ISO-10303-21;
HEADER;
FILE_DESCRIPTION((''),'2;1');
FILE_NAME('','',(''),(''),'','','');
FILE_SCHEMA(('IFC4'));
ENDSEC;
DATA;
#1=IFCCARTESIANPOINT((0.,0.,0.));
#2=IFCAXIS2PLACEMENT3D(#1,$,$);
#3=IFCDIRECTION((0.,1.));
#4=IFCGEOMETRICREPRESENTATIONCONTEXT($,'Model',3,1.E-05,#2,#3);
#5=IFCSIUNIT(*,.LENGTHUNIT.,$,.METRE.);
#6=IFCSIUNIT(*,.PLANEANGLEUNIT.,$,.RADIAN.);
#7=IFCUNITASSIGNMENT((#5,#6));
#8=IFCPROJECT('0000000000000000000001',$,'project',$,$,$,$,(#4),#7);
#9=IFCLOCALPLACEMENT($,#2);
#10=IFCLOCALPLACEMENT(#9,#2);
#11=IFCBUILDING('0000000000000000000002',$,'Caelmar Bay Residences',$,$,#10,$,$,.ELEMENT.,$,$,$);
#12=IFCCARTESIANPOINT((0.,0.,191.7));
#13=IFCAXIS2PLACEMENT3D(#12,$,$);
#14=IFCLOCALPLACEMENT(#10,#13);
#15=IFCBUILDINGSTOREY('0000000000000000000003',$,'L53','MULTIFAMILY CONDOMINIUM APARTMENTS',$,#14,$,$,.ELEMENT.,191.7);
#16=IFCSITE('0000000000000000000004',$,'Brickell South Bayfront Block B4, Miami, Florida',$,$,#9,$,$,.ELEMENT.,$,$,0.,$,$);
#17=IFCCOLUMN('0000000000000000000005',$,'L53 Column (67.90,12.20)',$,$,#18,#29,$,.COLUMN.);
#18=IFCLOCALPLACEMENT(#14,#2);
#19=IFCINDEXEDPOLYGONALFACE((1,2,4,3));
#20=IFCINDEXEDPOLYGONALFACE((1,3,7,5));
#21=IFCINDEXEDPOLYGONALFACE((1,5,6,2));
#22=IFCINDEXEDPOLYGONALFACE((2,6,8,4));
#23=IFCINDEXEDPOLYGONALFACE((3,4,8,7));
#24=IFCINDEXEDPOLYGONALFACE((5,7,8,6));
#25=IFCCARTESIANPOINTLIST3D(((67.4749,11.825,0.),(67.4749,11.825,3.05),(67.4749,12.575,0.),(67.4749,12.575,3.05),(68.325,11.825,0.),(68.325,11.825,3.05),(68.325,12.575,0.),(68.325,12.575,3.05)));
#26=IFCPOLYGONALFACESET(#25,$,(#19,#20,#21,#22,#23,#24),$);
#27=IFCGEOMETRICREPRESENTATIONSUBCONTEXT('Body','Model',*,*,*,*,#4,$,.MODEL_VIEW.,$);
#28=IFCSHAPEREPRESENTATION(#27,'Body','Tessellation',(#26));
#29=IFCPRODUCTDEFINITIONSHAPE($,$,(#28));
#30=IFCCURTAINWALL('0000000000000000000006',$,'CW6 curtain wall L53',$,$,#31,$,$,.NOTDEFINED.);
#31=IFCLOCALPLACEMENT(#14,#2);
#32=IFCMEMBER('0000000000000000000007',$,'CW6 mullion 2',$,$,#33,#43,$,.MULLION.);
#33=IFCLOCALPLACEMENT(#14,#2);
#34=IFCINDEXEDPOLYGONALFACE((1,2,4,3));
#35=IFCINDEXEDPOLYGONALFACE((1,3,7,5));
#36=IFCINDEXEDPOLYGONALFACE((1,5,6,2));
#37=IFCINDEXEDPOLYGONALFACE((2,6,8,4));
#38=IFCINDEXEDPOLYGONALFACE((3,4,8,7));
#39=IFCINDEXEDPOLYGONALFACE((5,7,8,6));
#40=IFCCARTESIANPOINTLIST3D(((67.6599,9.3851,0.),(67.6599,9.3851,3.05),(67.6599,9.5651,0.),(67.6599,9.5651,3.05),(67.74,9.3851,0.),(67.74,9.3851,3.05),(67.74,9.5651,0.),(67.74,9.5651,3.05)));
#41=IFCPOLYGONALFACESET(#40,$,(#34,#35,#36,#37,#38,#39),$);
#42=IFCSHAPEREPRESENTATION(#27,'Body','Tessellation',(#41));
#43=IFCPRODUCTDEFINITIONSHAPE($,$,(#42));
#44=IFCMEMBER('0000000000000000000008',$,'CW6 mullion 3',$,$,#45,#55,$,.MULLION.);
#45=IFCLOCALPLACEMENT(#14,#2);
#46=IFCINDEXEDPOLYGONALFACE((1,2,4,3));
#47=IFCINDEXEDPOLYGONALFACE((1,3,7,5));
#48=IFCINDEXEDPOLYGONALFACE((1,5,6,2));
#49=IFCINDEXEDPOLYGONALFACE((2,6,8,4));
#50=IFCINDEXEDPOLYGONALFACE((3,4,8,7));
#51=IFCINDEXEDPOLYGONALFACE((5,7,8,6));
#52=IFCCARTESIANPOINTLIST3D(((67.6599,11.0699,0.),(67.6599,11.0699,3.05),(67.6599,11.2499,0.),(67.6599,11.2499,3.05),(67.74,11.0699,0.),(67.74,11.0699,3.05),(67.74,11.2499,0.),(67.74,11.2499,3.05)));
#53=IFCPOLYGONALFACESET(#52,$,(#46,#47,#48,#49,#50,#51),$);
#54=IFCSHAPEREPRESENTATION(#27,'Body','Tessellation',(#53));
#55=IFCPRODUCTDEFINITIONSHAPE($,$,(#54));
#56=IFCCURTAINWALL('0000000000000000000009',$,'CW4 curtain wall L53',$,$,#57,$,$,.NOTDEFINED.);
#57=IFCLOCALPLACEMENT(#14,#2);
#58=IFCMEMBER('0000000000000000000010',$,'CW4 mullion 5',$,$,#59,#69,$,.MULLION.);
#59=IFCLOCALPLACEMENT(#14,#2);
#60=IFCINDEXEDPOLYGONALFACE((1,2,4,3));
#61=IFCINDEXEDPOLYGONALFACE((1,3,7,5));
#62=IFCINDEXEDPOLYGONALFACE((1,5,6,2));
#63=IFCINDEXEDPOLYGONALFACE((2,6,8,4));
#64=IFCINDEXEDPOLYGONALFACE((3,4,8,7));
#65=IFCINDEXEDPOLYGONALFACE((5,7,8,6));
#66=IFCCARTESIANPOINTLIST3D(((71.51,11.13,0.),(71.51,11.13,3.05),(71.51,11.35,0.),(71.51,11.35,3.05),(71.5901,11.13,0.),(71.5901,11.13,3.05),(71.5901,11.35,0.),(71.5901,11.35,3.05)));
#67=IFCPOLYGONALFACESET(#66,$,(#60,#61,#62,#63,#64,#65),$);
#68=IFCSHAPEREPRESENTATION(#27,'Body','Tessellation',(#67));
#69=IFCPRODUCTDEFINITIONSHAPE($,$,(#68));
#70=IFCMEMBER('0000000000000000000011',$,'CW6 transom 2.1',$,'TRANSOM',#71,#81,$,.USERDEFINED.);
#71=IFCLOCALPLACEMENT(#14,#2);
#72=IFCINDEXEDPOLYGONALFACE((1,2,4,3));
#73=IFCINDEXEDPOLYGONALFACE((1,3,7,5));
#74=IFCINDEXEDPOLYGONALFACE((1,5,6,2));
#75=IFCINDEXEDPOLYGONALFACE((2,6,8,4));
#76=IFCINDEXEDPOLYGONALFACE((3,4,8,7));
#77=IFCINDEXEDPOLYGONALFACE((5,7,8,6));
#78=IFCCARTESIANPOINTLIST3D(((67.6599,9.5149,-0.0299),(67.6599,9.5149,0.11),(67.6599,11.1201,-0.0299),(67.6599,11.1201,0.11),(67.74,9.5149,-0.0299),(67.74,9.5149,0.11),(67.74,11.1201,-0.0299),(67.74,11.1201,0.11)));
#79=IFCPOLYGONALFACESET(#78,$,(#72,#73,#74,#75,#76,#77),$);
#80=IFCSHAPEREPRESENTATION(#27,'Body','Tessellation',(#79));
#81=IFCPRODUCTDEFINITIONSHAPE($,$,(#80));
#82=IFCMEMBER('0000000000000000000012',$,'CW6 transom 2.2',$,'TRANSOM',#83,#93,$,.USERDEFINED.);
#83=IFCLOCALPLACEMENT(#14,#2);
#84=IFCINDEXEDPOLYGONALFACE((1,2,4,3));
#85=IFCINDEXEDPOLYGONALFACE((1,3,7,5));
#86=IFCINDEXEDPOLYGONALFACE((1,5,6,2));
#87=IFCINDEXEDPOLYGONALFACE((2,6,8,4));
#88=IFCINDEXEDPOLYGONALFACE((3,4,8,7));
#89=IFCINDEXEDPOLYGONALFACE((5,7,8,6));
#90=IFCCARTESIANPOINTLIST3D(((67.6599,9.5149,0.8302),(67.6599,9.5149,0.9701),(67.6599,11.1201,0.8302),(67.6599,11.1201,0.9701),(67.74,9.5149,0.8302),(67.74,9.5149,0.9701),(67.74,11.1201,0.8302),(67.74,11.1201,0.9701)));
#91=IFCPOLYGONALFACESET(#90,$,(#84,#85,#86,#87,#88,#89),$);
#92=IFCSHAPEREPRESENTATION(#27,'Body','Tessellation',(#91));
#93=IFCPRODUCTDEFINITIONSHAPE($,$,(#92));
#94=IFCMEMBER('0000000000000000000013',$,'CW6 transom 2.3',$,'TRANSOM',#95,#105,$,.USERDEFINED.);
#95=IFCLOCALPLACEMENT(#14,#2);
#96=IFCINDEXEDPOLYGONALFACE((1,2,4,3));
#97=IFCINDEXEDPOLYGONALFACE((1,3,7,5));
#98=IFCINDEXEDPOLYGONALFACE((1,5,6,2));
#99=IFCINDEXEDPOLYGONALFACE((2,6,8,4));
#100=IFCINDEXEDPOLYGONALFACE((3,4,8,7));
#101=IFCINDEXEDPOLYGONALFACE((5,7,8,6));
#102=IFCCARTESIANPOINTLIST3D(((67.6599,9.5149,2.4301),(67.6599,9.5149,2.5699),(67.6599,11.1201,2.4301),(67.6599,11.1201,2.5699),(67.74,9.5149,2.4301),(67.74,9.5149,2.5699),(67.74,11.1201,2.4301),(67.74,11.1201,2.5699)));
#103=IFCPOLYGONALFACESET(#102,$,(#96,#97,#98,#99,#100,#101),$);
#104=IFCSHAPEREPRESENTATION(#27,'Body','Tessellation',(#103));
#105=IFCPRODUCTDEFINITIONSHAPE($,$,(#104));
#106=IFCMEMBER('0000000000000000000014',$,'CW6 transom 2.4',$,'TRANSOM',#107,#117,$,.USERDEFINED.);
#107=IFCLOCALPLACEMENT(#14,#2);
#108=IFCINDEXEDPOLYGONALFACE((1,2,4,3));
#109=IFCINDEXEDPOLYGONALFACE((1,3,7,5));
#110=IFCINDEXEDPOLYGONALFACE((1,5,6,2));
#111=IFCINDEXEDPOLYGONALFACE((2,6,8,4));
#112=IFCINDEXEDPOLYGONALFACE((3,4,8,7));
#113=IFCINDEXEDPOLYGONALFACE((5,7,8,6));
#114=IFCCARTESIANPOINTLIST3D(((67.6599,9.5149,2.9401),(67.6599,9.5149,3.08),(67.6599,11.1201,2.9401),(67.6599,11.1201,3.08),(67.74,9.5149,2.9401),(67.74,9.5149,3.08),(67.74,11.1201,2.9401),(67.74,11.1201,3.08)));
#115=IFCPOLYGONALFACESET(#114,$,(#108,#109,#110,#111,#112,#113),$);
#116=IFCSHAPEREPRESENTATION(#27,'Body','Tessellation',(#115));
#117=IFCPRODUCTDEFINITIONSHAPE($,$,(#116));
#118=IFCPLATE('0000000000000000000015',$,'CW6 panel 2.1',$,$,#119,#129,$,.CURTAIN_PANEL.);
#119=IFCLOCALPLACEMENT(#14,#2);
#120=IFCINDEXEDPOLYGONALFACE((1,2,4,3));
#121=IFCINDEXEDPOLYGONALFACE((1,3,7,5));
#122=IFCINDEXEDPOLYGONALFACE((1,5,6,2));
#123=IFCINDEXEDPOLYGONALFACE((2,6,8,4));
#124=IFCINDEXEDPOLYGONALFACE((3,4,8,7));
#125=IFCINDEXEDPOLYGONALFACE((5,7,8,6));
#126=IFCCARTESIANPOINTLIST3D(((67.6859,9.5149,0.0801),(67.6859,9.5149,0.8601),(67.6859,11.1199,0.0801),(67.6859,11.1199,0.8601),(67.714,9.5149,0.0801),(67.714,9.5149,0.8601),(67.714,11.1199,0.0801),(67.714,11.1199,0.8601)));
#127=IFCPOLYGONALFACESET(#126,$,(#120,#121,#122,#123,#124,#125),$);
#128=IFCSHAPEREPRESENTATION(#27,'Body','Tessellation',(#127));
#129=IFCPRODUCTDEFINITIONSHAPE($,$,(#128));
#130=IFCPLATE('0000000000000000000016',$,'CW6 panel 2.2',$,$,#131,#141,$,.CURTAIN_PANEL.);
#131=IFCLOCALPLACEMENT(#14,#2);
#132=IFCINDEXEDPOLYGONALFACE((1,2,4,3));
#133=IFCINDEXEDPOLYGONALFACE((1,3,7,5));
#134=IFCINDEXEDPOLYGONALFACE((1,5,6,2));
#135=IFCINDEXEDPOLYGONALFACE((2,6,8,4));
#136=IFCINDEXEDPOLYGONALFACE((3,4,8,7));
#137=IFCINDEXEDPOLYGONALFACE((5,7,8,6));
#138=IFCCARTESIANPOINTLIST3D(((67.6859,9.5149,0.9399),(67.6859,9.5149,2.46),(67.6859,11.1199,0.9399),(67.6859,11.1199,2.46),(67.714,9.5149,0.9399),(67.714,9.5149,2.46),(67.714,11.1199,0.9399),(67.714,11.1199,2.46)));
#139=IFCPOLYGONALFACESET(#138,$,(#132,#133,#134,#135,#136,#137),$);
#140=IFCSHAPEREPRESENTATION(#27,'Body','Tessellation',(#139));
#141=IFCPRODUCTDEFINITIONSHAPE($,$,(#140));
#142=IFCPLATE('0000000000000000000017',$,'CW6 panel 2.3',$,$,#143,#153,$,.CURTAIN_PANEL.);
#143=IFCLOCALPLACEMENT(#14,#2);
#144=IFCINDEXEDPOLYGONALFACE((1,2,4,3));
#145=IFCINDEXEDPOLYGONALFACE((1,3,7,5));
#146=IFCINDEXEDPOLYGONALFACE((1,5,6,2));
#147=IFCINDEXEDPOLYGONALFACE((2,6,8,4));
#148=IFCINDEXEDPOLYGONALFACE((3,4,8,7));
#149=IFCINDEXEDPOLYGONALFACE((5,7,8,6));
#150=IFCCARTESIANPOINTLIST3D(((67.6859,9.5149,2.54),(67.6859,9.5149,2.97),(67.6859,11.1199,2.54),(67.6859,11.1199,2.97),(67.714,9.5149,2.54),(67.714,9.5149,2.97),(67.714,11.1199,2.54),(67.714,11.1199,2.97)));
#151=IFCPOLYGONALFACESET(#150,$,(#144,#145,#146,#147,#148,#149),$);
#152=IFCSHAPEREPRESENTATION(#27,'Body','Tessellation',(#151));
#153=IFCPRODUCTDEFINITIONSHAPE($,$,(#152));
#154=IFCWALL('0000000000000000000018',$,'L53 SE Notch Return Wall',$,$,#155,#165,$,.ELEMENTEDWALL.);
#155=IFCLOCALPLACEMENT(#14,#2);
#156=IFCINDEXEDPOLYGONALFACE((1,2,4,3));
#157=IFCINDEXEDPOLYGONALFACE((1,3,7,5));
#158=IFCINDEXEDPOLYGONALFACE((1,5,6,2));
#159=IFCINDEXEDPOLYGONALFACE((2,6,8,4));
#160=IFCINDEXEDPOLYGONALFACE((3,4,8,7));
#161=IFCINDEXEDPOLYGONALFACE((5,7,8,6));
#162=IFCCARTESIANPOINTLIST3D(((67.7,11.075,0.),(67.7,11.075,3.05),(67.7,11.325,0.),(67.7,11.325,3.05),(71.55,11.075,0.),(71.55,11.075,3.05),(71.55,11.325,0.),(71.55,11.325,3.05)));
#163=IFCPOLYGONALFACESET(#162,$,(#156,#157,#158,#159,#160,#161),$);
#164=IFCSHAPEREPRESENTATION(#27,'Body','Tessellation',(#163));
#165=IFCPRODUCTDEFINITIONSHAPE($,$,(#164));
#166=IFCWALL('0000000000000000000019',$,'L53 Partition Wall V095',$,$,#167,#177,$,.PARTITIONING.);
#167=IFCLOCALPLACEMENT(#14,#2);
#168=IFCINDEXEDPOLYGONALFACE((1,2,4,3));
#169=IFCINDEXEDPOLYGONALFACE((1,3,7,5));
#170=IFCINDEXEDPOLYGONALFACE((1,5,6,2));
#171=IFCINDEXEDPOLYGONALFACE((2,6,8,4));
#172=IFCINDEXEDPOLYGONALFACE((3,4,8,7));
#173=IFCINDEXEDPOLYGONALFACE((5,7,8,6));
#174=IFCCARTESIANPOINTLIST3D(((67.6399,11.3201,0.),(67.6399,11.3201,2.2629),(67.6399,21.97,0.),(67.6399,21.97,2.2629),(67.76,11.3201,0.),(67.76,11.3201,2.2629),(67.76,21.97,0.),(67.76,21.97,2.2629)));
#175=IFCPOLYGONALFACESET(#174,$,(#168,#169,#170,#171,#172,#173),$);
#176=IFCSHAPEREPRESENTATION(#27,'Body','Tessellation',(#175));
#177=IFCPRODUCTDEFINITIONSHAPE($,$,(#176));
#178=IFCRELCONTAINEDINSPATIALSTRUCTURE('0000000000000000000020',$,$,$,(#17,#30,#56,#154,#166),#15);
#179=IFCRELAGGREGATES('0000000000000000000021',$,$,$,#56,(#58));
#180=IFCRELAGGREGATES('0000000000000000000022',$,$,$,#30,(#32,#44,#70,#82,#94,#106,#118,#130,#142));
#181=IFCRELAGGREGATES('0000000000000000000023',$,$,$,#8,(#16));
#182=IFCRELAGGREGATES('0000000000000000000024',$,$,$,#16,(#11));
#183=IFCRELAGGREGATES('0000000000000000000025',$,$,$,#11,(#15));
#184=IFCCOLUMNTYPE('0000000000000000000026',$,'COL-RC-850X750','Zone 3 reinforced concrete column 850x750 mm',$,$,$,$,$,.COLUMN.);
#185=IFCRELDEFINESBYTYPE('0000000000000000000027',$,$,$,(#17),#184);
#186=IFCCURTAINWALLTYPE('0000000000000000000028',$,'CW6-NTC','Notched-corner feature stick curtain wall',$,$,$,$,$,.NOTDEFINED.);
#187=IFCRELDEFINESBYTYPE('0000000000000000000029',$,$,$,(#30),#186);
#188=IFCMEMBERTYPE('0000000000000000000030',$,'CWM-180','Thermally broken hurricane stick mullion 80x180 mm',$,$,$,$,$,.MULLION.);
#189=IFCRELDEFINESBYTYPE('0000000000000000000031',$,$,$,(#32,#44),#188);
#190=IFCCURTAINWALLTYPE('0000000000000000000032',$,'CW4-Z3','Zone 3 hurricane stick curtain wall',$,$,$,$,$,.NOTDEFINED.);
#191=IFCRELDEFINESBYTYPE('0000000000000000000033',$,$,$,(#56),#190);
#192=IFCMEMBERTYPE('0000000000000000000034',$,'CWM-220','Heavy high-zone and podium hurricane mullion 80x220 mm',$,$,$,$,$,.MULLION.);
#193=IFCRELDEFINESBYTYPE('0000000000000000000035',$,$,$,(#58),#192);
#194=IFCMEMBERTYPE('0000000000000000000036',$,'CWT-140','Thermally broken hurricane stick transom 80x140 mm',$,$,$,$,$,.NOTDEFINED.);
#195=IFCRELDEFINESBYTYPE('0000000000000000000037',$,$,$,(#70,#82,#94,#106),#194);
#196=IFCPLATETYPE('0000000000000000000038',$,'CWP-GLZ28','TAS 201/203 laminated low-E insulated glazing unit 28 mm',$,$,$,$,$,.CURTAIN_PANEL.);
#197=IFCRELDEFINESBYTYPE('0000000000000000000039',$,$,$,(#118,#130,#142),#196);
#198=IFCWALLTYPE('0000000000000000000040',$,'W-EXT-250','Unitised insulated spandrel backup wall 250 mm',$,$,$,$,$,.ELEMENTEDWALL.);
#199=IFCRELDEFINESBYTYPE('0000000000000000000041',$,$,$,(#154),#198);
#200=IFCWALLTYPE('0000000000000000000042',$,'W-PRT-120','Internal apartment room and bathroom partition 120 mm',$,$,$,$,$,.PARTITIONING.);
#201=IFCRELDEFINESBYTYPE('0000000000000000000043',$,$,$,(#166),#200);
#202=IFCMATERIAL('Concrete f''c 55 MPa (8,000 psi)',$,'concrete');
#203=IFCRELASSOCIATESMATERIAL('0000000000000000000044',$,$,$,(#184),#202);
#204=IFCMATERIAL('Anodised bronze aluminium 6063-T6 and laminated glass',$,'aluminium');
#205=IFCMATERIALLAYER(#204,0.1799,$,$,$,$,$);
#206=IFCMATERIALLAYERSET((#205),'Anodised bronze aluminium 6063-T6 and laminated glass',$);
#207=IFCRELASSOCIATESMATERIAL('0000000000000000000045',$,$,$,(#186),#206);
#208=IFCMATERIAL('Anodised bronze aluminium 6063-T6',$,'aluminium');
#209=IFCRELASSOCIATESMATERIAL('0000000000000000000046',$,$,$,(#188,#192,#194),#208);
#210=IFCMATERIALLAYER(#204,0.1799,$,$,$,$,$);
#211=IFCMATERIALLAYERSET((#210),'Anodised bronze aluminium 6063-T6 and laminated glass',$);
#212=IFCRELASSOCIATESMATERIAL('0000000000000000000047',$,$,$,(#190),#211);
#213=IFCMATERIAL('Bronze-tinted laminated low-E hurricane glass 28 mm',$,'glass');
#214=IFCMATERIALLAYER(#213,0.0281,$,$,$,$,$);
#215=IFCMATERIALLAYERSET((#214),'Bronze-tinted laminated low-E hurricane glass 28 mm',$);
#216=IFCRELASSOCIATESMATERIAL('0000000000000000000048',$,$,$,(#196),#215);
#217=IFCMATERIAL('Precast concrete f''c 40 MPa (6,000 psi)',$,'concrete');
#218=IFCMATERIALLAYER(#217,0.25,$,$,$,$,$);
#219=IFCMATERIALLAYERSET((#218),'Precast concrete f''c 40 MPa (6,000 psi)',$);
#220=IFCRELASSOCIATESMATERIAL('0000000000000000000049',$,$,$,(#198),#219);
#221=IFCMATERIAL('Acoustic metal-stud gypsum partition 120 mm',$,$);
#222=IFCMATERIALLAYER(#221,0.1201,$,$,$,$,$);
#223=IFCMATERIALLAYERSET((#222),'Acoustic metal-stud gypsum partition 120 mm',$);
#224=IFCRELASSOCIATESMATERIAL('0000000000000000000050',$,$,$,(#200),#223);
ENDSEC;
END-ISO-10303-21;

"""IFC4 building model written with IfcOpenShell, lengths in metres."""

from ifc_helpers import new_model, si_unit, direction, frame, frame_2d, origin, origin_2d, place, context, subcontext, project, spatial, rectangle, extrude, material, layer, layer_set, material_profile, profile_set, type_object, element, aggregate, save


model = new_model("IFC4")

# Units and contexts
model_context = context("Model", 3, precision=1e-05, world=origin(), true_north=direction((0.0, 1.0)))
body_context = subcontext(model_context, "Body", "Model", "MODEL_VIEW")
ifc_project = project(units=[si_unit("LENGTHUNIT", "METRE"), si_unit("PLANEANGLEUNIT", "RADIAN")], contexts=[model_context])

# Site, building, storey
site_placement = place(None, origin())
site = spatial("IfcSite", under=ifc_project, at=site_placement, Name="Brickell South Bayfront Block B4, Miami, Florida", CompositionType="ELEMENT", RefElevation=0.0)
building_placement = place(site_placement, origin())
building = spatial("IfcBuilding", under=site, at=building_placement, Name="Caelmar Bay Residences", CompositionType="ELEMENT")
storey_placement = place(building_placement, frame((0.0, 0.0, 191.7)))
storey = spatial("IfcBuildingStorey", under=building, at=storey_placement, Name="L53", Description="MULTIFAMILY CONDOMINIUM APARTMENTS", CompositionType="ELEMENT", Elevation=191.7)

# Column
ifc_material_1 = material(Name="Concrete f'c 55 MPa (8,000 psi)", Category="concrete")
ifc_material_profile_1 = material_profile(ifc_material_1, rectangle(XDim=0.8501, YDim=0.75, at=origin_2d()), Name="RC-COL-850X750")
ifc_profile_set_1 = profile_set([ifc_material_profile_1], Name="Concrete f'c 55 MPa (8,000 psi)")
column_type = type_object("IfcColumnType", Name="COL-RC-850X750", Description="Zone 3 reinforced concrete column 850x750 mm", PredefinedType="COLUMN", material=ifc_profile_set_1)
column_placement = place(storey_placement, frame((67.8999, 12.2, 0.0), z_axis=(0.0, 0.0, 1.0), x_axis=(1.0, 0.0, 0.0)))
element("IfcColumn", 1, at=column_placement, inside=storey, type_object=column_type, Name="L53 Column (67.90,12.20)", PredefinedType="COLUMN", context=body_context, shape_type="SweptSolid", body=[
    extrude(rectangle(XDim=0.8501, YDim=0.75, at=origin_2d()), origin(), (0.0, 0.0, 1.0), 3.05),
])

# Curtain wall, members
ifc_material_2 = material(Name="Anodised bronze aluminium 6063-T6 and laminated glass", Category="aluminium")
ifc_layer_1 = layer(ifc_material_2, 0.1799)
ifc_layer_set_1 = layer_set([ifc_layer_1], Name="Anodised bronze aluminium 6063-T6 and laminated glass")
curtain_wall_type_1 = type_object("IfcCurtainWallType", Name="CW6-NTC", Description="Notched-corner feature stick curtain wall", PredefinedType="NOTDEFINED", material=ifc_layer_set_1)
curtain_wall_1_placement = place(storey_placement, origin())
curtain_wall_1 = element("IfcCurtainWall", 2, at=curtain_wall_1_placement, inside=storey, type_object=curtain_wall_type_1, Name="CW6 curtain wall L53", PredefinedType="NOTDEFINED")
ifc_material_3 = material(Name="Anodised bronze aluminium 6063-T6", Category="aluminium")
ifc_material_profile_2 = material_profile(ifc_material_3, rectangle(XDim=0.0801, YDim=0.1799, at=origin_2d()), Name="CWM-80X180")
ifc_profile_set_2 = profile_set([ifc_material_profile_2], Name="Anodised bronze aluminium 6063-T6")
member_type_1 = type_object("IfcMemberType", Name="CWM-180", Description="Thermally broken hurricane stick mullion 80x180 mm", PredefinedType="MULLION", material=ifc_profile_set_2)
member_1_placement = place(storey_placement, frame((67.7, 9.4751, 0.0), z_axis=(0.0, 0.0, 1.0), x_axis=(-1.0, 0.0, 0.0)))
member_1 = element("IfcMember", 3, at=member_1_placement, type_object=member_type_1, Name="CW6 mullion 2", PredefinedType="MULLION", context=body_context, shape_type="SweptSolid", body=[
    extrude(rectangle(XDim=0.0801, YDim=0.1799, at=origin_2d()), origin(), (0.0, 0.0, 1.0), 3.05),
])
member_2_placement = place(storey_placement, frame((67.7, 11.1599, 0.0), z_axis=(0.0, 0.0, 1.0), x_axis=(-1.0, 0.0, 0.0)))
member_2 = element("IfcMember", 4, at=member_2_placement, type_object=member_type_1, Name="CW6 mullion 3", PredefinedType="MULLION", context=body_context, shape_type="SweptSolid", body=[
    extrude(rectangle(XDim=0.0801, YDim=0.1799, at=origin_2d()), origin(), (0.0, 0.0, 1.0), 3.05),
])

# Curtain wall, member
ifc_layer_2 = layer(ifc_material_2, 0.1799)
ifc_layer_set_2 = layer_set([ifc_layer_2], Name="Anodised bronze aluminium 6063-T6 and laminated glass")
curtain_wall_type_2 = type_object("IfcCurtainWallType", Name="CW4-Z3", Description="Zone 3 hurricane stick curtain wall", PredefinedType="NOTDEFINED", material=ifc_layer_set_2)
curtain_wall_2_placement = place(storey_placement, origin())
curtain_wall_2 = element("IfcCurtainWall", 5, at=curtain_wall_2_placement, inside=storey, type_object=curtain_wall_type_2, Name="CW4 curtain wall L53", PredefinedType="NOTDEFINED")
ifc_material_profile_3 = material_profile(ifc_material_3, rectangle(XDim=0.0801, YDim=0.22, at=origin_2d()), Name="CWM-80X220")
ifc_profile_set_3 = profile_set([ifc_material_profile_3], Name="Anodised bronze aluminium 6063-T6")
member_type_2 = type_object("IfcMemberType", Name="CWM-220", Description="Heavy high-zone and podium hurricane mullion 80x220 mm", PredefinedType="MULLION", material=ifc_profile_set_3)
member_3_placement = place(storey_placement, frame((71.55, 11.24, 0.0), z_axis=(0.0, 0.0, 1.0), x_axis=(1.0, 0.0, 0.0)))
member_3 = element("IfcMember", 6, at=member_3_placement, type_object=member_type_2, Name="CW4 mullion 5", PredefinedType="MULLION", context=body_context, shape_type="SweptSolid", body=[
    extrude(rectangle(XDim=0.0801, YDim=0.22, at=origin_2d()), origin(), (0.0, 0.0, 1.0), 3.05),
])
aggregate(curtain_wall_2, [member_3])

# Members
ifc_material_profile_4 = material_profile(ifc_material_3, rectangle(XDim=0.0801, YDim=0.1399, at=origin_2d()), Name="CWT-80X140")
ifc_profile_set_4 = profile_set([ifc_material_profile_4], Name="Anodised bronze aluminium 6063-T6")
member_type_3 = type_object("IfcMemberType", Name="CWT-140", Description="Thermally broken hurricane stick transom 80x140 mm", PredefinedType="NOTDEFINED", material=ifc_profile_set_4)
member_4_placement = place(storey_placement, frame((67.7, 9.5149, 0.04), z_axis=(0.0, 1.0, 0.0), x_axis=(-1.0, 0.0, 0.0)))
member_4 = element("IfcMember", 7, at=member_4_placement, type_object=member_type_3, Name="CW6 transom 2.1", ObjectType="TRANSOM", PredefinedType="USERDEFINED", context=body_context, shape_type="SweptSolid", body=[
    extrude(rectangle(XDim=0.0801, YDim=0.1399, at=origin_2d()), origin(), (0.0, 0.0, 1.0), 1.6052),
])
member_5_placement = place(storey_placement, frame((67.7, 9.5149, 0.9001), z_axis=(0.0, 1.0, 0.0), x_axis=(-1.0, 0.0, 0.0)))
member_5 = element("IfcMember", 8, at=member_5_placement, type_object=member_type_3, Name="CW6 transom 2.2", ObjectType="TRANSOM", PredefinedType="USERDEFINED", context=body_context, shape_type="SweptSolid", body=[
    extrude(rectangle(XDim=0.0801, YDim=0.1399, at=origin_2d()), origin(), (0.0, 0.0, 1.0), 1.6052),
])
member_6_placement = place(storey_placement, frame((67.7, 9.5149, 2.5), z_axis=(0.0, 1.0, 0.0), x_axis=(-1.0, 0.0, 0.0)))
member_6 = element("IfcMember", 9, at=member_6_placement, type_object=member_type_3, Name="CW6 transom 2.3", ObjectType="TRANSOM", PredefinedType="USERDEFINED", context=body_context, shape_type="SweptSolid", body=[
    extrude(rectangle(XDim=0.0801, YDim=0.1399, at=origin_2d()), origin(), (0.0, 0.0, 1.0), 1.6052),
])
member_7_placement = place(storey_placement, frame((67.7, 9.5149, 3.01), z_axis=(0.0, 1.0, 0.0), x_axis=(-1.0, 0.0, 0.0)))
member_7 = element("IfcMember", 10, at=member_7_placement, type_object=member_type_3, Name="CW6 transom 2.4", ObjectType="TRANSOM", PredefinedType="USERDEFINED", context=body_context, shape_type="SweptSolid", body=[
    extrude(rectangle(XDim=0.0801, YDim=0.1399, at=origin_2d()), origin(), (0.0, 0.0, 1.0), 1.6052),
])

# Plates
ifc_material_4 = material(Name="Bronze-tinted laminated low-E hurricane glass 28 mm", Category="glass")
ifc_layer_3 = layer(ifc_material_4, 0.0281)
ifc_layer_set_3 = layer_set([ifc_layer_3], Name="Bronze-tinted laminated low-E hurricane glass 28 mm")
plate_type = type_object("IfcPlateType", Name="CWP-GLZ28", Description="TAS 201/203 laminated low-E insulated glazing unit 28 mm", PredefinedType="CURTAIN_PANEL", material=ifc_layer_set_3)
plate_1_placement = place(storey_placement, frame((67.7, 10.3174, 0.0801), z_axis=(0.0, 0.0, 1.0), x_axis=(0.0, 1.0, 0.0)))
plate_1 = element("IfcPlate", 11, at=plate_1_placement, type_object=plate_type, Name="CW6 panel 2.1", PredefinedType="CURTAIN_PANEL", context=body_context, shape_type="SweptSolid", body=[
    extrude(rectangle(XDim=1.605, YDim=0.0281, at=origin_2d()), origin(), (0.0, 0.0, 1.0), 0.78),
])
plate_2_placement = place(storey_placement, frame((67.7, 10.3174, 0.9399), z_axis=(0.0, 0.0, 1.0), x_axis=(0.0, 1.0, 0.0)))
plate_2 = element("IfcPlate", 12, at=plate_2_placement, type_object=plate_type, Name="CW6 panel 2.2", PredefinedType="CURTAIN_PANEL", context=body_context, shape_type="SweptSolid", body=[
    extrude(rectangle(XDim=1.605, YDim=0.0281, at=origin_2d()), origin(), (0.0, 0.0, 1.0), 1.52),
])
plate_3_placement = place(storey_placement, frame((67.7, 10.3174, 2.54), z_axis=(0.0, 0.0, 1.0), x_axis=(0.0, 1.0, 0.0)))
plate_3 = element("IfcPlate", 13, at=plate_3_placement, type_object=plate_type, Name="CW6 panel 2.3", PredefinedType="CURTAIN_PANEL", context=body_context, shape_type="SweptSolid", body=[
    extrude(rectangle(XDim=1.605, YDim=0.0281, at=origin_2d()), origin(), (0.0, 0.0, 1.0), 0.4299),
])
aggregate(curtain_wall_1, [member_1, member_2, member_4, member_5, member_6, member_7, plate_1, plate_2, plate_3])

# Walls
ifc_material_5 = material(Name="Precast concrete f'c 40 MPa (6,000 psi)", Category="concrete")
ifc_layer_4 = layer(ifc_material_5, 0.25)
ifc_layer_set_4 = layer_set([ifc_layer_4], Name="Precast concrete f'c 40 MPa (6,000 psi)")
wall_type_1 = type_object("IfcWallType", Name="W-EXT-250", Description="Unitised insulated spandrel backup wall 250 mm", PredefinedType="ELEMENTEDWALL", material=ifc_layer_set_4)
wall_1_placement = place(storey_placement, frame((67.7, 11.2, 0.0), z_axis=(0.0, 0.0, 1.0), x_axis=(1.0, 0.0, 0.0)))
element("IfcWall", 14, at=wall_1_placement, inside=storey, type_object=wall_type_1, Name="L53 SE Notch Return Wall", PredefinedType="ELEMENTEDWALL", context=body_context, shape_type="SweptSolid", body=[
    extrude(rectangle(XDim=3.8501, YDim=0.25, at=frame_2d((1.925, 0.0))), origin(), (0.0, 0.0, 1.0), 3.05),
])
ifc_material_6 = material(Name="Acoustic metal-stud gypsum partition 120 mm")
ifc_layer_5 = layer(ifc_material_6, 0.1201)
ifc_layer_set_5 = layer_set([ifc_layer_5], Name="Acoustic metal-stud gypsum partition 120 mm")
wall_type_2 = type_object("IfcWallType", Name="W-PRT-120", Description="Internal apartment room and bathroom partition 120 mm", PredefinedType="PARTITIONING", material=ifc_layer_set_5)
wall_2_placement = place(storey_placement, frame((67.7, 11.3201, 0.0), z_axis=(0.0, 0.0, 1.0), x_axis=(0.0, 1.0, 0.0)))
element("IfcWall", 15, at=wall_2_placement, inside=storey, type_object=wall_type_2, Name="L53 Partition Wall V095", PredefinedType="PARTITIONING", context=body_context, shape_type="SweptSolid", body=[
    extrude(rectangle(XDim=10.6499, YDim=0.1201, at=frame_2d((5.325, 0.0))), origin(), (0.0, 0.0, 1.0), 2.2629),
])

save(model, "model.ifc")
